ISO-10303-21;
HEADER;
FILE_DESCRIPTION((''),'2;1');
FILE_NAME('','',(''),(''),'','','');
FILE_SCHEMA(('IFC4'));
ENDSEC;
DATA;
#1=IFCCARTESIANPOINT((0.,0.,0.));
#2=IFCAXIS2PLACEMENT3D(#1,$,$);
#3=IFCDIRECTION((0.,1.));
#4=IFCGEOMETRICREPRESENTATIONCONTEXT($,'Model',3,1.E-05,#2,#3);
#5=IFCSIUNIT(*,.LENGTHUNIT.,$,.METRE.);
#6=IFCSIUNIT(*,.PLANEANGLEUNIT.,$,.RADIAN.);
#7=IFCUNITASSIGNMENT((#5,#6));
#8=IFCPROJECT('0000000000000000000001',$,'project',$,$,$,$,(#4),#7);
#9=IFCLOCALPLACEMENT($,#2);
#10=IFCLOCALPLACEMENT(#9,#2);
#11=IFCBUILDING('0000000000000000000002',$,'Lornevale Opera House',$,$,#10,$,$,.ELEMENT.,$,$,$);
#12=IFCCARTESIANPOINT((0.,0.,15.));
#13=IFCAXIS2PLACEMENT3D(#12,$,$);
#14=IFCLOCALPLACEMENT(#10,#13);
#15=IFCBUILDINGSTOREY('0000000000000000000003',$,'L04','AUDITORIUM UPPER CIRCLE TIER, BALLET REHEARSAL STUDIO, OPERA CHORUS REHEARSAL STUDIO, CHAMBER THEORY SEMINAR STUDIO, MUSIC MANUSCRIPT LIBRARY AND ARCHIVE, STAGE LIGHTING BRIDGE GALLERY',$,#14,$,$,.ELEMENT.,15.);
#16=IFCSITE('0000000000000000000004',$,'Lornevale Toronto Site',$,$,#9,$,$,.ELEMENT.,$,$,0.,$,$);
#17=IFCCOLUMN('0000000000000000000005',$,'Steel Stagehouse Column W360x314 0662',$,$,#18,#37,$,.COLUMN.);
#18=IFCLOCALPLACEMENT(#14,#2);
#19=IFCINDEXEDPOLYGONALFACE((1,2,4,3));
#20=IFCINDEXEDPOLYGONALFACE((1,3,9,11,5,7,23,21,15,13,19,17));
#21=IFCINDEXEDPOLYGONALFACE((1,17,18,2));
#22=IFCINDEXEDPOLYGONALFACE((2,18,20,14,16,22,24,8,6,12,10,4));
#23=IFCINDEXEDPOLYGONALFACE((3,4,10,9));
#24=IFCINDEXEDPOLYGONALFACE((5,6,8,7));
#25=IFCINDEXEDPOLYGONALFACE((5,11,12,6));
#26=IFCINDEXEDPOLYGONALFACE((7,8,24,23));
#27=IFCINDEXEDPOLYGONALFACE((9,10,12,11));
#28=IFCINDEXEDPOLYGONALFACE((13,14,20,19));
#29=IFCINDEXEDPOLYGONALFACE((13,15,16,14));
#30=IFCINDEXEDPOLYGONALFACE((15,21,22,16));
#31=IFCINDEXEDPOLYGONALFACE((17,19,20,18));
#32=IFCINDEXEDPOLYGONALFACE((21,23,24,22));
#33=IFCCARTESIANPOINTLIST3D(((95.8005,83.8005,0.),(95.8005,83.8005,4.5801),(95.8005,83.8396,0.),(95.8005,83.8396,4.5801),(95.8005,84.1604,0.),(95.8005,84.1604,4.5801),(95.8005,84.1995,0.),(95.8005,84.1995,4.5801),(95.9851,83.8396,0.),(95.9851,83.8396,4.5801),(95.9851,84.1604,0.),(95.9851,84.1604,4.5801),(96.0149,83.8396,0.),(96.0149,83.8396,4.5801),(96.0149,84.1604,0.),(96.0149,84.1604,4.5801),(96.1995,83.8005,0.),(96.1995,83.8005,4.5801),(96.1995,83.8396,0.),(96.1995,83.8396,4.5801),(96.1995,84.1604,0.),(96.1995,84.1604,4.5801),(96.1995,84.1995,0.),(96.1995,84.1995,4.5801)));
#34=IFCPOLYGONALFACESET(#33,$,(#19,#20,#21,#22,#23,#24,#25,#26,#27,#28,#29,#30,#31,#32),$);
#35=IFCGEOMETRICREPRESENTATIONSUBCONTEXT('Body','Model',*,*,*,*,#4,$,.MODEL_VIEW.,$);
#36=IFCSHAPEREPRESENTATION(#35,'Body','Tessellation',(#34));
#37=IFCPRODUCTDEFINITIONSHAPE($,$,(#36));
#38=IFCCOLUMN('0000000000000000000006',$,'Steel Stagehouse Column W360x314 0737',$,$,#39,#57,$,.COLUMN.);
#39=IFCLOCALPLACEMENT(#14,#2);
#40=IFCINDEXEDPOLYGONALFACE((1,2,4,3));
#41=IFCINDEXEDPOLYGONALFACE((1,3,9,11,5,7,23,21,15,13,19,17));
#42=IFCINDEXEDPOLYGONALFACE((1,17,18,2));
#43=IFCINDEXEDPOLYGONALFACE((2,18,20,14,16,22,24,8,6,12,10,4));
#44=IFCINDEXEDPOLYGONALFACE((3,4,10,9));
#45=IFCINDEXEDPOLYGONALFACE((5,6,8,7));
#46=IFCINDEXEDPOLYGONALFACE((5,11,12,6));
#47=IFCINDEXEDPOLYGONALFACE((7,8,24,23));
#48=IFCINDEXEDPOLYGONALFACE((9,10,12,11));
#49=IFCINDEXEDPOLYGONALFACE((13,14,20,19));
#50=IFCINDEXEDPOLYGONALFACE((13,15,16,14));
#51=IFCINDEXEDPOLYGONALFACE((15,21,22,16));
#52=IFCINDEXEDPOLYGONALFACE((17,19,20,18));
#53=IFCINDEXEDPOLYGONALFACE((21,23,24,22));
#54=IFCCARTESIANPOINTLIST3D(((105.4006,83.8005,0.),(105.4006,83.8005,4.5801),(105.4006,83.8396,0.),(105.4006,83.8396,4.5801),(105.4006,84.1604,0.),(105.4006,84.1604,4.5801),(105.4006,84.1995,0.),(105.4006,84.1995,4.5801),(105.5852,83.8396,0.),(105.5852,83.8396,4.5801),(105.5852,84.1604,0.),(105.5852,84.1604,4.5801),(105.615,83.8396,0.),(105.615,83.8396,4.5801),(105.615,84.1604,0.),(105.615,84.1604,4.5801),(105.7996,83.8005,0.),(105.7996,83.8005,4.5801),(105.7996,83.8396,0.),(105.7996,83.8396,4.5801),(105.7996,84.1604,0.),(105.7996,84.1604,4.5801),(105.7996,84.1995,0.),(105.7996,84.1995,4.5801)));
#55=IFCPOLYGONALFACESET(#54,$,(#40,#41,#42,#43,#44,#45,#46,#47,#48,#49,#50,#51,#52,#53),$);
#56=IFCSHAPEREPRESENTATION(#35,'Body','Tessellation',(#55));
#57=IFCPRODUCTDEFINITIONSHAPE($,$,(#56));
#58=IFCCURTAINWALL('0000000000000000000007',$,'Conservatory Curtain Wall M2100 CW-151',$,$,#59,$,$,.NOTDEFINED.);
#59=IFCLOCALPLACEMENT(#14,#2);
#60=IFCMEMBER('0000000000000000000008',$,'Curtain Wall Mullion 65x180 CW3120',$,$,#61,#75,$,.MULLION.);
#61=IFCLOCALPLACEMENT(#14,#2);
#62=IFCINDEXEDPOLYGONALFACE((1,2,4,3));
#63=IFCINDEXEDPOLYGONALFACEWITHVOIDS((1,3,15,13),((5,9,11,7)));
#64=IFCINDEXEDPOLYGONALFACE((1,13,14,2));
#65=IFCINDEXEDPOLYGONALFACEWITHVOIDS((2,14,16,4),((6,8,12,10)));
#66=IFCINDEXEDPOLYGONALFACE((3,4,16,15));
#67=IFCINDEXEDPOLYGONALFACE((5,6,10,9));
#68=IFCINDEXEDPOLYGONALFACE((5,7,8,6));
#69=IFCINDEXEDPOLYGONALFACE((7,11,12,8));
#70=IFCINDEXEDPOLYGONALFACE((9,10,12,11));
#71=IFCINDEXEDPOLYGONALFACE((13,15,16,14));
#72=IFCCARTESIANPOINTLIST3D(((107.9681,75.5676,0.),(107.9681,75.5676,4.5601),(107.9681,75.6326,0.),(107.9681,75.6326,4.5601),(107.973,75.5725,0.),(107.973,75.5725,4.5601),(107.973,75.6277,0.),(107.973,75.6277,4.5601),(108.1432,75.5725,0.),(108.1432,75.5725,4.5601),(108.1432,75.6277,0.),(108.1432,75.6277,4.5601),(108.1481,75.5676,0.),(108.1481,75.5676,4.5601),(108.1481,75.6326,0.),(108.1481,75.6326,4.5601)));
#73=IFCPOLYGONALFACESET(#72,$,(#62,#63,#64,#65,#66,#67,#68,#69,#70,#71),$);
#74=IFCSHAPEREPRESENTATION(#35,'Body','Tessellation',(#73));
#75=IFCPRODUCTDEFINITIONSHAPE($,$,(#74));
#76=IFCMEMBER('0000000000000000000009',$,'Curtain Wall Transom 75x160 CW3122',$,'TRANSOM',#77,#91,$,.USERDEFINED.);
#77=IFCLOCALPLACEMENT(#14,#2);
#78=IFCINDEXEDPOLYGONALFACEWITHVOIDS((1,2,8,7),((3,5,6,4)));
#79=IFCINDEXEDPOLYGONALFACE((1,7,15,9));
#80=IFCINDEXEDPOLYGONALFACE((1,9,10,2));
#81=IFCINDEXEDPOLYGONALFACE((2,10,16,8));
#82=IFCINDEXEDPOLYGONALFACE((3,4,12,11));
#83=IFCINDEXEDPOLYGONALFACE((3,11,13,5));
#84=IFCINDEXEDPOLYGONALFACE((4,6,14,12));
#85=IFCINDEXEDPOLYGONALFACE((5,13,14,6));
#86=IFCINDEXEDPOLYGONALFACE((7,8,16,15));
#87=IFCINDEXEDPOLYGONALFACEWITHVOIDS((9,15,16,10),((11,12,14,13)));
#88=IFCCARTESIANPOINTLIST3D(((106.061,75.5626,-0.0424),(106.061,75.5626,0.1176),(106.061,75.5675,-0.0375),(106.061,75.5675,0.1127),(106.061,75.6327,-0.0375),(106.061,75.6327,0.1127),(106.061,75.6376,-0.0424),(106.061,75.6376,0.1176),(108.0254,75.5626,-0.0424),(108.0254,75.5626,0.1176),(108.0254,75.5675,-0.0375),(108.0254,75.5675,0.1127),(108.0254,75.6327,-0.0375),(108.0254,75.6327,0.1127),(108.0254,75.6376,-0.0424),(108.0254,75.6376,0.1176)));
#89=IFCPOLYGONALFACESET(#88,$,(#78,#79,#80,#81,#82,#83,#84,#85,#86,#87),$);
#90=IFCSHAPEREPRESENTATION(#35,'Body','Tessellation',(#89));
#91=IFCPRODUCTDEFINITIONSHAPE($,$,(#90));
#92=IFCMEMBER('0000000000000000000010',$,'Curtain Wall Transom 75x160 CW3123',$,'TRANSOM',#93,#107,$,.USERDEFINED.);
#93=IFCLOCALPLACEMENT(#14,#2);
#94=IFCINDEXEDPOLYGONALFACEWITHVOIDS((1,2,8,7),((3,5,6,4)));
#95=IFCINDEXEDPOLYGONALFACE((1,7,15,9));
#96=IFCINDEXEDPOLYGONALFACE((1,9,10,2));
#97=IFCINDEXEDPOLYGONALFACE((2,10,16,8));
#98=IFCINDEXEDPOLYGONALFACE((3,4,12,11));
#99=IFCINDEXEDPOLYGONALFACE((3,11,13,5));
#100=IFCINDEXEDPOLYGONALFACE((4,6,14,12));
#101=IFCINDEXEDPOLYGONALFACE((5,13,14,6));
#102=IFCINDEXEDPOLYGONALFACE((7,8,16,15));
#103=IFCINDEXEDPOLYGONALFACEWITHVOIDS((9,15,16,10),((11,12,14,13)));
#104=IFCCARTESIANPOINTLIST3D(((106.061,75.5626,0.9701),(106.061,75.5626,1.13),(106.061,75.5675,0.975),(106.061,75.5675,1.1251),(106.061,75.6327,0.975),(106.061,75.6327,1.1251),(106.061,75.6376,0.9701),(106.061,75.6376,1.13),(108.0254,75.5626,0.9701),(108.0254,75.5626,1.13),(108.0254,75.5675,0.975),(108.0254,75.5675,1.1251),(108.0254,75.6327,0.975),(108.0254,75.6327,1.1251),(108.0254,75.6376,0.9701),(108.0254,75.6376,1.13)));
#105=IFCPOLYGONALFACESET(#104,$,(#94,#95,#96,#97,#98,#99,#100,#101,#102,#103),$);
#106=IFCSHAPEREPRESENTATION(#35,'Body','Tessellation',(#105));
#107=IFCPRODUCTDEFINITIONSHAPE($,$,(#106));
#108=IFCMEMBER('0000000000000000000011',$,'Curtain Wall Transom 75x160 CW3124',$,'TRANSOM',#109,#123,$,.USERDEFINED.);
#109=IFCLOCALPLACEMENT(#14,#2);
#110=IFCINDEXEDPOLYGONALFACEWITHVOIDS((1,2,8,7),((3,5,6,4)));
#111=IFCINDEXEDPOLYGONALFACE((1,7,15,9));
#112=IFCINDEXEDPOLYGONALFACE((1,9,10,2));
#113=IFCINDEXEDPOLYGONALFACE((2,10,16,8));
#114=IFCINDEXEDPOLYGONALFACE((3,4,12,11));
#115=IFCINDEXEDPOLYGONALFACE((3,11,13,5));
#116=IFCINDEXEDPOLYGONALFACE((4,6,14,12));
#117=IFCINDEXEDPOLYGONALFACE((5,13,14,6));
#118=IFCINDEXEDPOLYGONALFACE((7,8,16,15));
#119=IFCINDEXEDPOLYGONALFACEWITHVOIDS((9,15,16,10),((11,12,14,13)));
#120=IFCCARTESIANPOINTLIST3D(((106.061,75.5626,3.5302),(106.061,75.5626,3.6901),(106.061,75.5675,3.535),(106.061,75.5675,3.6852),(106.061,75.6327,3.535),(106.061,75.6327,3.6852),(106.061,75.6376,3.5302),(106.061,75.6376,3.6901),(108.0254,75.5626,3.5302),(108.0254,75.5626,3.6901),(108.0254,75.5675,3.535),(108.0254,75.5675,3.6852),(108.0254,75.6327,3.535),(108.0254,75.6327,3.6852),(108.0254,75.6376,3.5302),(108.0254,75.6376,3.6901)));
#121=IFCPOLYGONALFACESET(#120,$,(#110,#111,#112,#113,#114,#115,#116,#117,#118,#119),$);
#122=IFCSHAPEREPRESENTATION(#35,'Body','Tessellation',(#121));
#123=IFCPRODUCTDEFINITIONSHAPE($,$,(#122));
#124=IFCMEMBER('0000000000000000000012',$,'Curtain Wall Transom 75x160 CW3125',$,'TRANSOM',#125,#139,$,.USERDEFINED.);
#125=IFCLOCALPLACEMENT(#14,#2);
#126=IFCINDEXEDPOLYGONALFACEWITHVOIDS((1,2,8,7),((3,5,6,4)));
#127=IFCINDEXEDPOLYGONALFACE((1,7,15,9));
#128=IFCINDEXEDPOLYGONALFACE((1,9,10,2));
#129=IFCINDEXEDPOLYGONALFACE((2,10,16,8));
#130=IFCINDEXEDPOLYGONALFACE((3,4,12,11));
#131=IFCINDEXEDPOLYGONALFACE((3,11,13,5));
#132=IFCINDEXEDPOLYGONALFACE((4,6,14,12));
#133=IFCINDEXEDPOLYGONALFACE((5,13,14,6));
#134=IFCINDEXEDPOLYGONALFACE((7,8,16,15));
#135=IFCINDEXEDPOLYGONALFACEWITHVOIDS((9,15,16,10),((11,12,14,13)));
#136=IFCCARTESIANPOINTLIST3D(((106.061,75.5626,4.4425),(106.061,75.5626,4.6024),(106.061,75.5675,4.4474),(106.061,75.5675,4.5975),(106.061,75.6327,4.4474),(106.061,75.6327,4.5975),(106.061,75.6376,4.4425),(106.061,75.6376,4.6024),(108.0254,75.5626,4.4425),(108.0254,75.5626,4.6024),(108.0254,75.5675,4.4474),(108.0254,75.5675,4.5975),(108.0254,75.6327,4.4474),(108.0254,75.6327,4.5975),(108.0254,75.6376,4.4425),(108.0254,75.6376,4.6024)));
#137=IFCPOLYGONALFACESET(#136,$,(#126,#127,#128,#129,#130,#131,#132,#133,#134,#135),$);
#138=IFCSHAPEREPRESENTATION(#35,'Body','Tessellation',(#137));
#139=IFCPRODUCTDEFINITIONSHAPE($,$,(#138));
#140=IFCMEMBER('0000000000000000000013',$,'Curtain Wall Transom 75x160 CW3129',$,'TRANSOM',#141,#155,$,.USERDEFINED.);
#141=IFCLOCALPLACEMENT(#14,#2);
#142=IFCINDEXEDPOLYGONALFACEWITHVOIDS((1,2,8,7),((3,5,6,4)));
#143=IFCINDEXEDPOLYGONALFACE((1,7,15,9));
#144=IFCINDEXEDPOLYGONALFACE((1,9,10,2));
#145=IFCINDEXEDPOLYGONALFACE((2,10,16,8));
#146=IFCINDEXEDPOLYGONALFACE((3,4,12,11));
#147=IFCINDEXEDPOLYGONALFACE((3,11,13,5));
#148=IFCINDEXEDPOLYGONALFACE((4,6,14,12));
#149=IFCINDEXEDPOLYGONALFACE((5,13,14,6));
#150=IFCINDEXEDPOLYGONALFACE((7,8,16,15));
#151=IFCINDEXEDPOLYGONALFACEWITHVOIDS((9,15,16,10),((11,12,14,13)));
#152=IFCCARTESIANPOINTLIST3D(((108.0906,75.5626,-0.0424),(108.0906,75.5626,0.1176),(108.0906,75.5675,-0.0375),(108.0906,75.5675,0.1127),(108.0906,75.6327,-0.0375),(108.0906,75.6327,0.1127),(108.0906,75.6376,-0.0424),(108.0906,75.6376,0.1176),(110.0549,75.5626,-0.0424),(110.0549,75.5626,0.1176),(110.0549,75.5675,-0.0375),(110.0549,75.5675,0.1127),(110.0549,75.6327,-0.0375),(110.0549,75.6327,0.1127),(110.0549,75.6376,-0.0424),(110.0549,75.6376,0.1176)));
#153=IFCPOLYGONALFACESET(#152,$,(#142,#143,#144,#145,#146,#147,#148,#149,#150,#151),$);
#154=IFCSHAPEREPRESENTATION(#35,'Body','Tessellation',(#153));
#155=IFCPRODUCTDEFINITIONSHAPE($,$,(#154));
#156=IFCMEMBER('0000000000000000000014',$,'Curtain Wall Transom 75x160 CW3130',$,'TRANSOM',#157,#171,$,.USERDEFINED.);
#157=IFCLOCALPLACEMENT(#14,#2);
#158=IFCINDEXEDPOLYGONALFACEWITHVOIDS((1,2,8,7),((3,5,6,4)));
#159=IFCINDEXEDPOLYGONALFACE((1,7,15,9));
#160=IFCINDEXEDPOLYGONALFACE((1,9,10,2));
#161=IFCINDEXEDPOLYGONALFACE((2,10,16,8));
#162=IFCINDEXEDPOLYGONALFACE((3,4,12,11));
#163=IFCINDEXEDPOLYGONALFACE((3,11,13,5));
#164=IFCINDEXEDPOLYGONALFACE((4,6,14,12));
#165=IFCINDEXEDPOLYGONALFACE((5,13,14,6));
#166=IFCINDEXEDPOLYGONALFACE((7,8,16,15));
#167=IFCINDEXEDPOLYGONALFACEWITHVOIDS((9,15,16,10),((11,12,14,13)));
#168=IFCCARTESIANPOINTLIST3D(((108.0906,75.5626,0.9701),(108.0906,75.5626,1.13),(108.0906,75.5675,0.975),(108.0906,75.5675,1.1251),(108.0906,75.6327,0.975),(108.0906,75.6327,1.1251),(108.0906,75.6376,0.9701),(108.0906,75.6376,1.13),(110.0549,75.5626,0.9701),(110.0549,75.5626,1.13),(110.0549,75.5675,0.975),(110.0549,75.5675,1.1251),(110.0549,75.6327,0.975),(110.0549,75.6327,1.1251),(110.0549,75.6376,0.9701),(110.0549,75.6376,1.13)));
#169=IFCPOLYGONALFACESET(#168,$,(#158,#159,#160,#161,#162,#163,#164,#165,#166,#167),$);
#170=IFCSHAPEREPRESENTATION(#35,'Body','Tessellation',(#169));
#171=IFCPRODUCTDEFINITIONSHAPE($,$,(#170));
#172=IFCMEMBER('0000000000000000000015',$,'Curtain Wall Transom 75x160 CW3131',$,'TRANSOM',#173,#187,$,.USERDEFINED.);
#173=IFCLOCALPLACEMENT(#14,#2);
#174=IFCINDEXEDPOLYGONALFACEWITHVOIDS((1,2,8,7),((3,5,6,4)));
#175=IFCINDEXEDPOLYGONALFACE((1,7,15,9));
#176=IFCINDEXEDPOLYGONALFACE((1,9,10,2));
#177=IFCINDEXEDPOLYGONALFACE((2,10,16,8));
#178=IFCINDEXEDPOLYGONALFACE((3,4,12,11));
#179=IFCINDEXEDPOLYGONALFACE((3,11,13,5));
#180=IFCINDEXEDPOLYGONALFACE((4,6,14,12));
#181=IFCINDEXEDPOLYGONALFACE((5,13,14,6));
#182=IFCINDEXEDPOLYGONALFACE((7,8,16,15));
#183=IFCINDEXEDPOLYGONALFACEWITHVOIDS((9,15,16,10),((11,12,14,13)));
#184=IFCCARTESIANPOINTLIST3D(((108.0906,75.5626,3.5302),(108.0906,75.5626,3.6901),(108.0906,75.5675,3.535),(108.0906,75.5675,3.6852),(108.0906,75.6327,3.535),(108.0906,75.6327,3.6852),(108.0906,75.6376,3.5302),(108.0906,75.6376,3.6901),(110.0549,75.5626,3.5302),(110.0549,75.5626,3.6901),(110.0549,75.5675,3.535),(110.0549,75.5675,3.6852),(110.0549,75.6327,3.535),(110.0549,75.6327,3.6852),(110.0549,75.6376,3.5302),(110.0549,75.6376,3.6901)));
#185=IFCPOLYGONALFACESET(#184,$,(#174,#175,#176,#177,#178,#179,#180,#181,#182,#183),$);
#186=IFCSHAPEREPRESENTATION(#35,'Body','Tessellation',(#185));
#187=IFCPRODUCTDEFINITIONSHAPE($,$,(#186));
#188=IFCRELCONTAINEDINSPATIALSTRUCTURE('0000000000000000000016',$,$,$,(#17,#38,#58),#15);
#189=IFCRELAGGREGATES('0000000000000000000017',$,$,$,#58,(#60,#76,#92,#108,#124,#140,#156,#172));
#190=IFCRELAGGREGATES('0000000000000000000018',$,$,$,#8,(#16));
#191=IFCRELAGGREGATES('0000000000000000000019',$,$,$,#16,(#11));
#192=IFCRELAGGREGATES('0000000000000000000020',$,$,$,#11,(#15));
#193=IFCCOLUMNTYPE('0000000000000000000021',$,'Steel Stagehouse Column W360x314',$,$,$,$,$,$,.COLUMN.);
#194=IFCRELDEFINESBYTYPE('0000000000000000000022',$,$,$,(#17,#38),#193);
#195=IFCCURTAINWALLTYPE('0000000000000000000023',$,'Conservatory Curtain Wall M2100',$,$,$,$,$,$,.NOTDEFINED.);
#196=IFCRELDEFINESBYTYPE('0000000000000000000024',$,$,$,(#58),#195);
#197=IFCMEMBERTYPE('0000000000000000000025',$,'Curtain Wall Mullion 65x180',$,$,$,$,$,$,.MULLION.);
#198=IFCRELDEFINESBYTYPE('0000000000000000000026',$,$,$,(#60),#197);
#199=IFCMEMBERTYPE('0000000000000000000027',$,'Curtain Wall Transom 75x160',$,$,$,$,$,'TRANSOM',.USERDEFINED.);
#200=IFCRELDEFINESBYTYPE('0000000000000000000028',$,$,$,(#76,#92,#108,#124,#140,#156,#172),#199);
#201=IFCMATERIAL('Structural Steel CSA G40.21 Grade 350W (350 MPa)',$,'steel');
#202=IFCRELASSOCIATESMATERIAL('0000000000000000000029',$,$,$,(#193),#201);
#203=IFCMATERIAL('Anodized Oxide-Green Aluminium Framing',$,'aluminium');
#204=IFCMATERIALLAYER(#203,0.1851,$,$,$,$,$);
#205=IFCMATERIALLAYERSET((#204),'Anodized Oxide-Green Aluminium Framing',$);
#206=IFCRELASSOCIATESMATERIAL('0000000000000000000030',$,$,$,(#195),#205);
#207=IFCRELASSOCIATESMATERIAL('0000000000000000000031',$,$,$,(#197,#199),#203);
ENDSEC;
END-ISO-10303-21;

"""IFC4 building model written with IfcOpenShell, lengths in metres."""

from ifc_helpers import new_model, si_unit, direction, frame, origin, origin_2d, place, context, subcontext, project, spatial, hollow_rectangle, i_section, extrude, material, layer, layer_set, material_profile, profile_set, type_object, element, aggregate, save


model = new_model("IFC4")

# Units and contexts
model_context = context("Model", 3, precision=1e-05, world=origin(), true_north=direction((0.0, 1.0)))
body_context = subcontext(model_context, "Body", "Model", "MODEL_VIEW")
ifc_project = project(units=[si_unit("LENGTHUNIT", "METRE"), si_unit("PLANEANGLEUNIT", "RADIAN")], contexts=[model_context])

# Site, building, storey
site_placement = place(None, origin())
site = spatial("IfcSite", under=ifc_project, at=site_placement, Name="Lornevale Toronto Site", CompositionType="ELEMENT", RefElevation=0.0)
building_placement = place(site_placement, origin())
building = spatial("IfcBuilding", under=site, at=building_placement, Name="Lornevale Opera House", CompositionType="ELEMENT")
storey_placement = place(building_placement, frame((0.0, 0.0, 15.0)))
storey = spatial("IfcBuildingStorey", under=building, at=storey_placement, Name="L04", Description="AUDITORIUM UPPER CIRCLE TIER, BALLET REHEARSAL STUDIO, OPERA CHORUS REHEARSAL STUDIO, CHAMBER THEORY SEMINAR STUDIO, MUSIC MANUSCRIPT LIBRARY AND ARCHIVE, STAGE LIGHTING BRIDGE GALLERY", CompositionType="ELEMENT", Elevation=15.0)

# Columns
ifc_material_1 = material(Name="Structural Steel CSA G40.21 Grade 350W (350 MPa)", Category="steel")
ifc_material_profile_1 = material_profile(ifc_material_1, i_section(OverallWidth=0.3989, OverallDepth=0.3989, WebThickness=0.0298, FlangeThickness=0.0391, at=origin_2d()), Name="W360x314")
ifc_profile_set_1 = profile_set([ifc_material_profile_1], Name="Structural Steel CSA G40.21 Grade 350W (350 MPa)")
column_type = type_object("IfcColumnType", Name="Steel Stagehouse Column W360x314", PredefinedType="COLUMN", material=ifc_profile_set_1)
for number, where, z_axis, x_axis, name in (
    (1, (96.0, 84.0, 0.0), (0.0, 0.0, 1.0), (1.0, 0.0, 0.0), "Steel Stagehouse Column W360x314 0662"),
    (2, (105.6001, 84.0, 0.0), (0.0, 0.0, 1.0), (1.0, 0.0, 0.0), "Steel Stagehouse Column W360x314 0737"),
):
    element("IfcColumn", number, at=place(storey_placement, frame(where, z_axis=z_axis, x_axis=x_axis)), inside=storey, type_object=column_type, Name=name, PredefinedType="COLUMN", context=body_context, shape_type="SweptSolid", body=[
        extrude(i_section(OverallWidth=0.3989, OverallDepth=0.3989, WebThickness=0.0298, FlangeThickness=0.0391, at=origin_2d()), origin(), (0.0, 0.0, 1.0), 4.5801),
    ])

# Curtain wall, members
ifc_material_2 = material(Name="Anodized Oxide-Green Aluminium Framing", Category="aluminium")
ifc_layer_1 = layer(ifc_material_2, 0.1851)
ifc_layer_set_1 = layer_set([ifc_layer_1], Name="Anodized Oxide-Green Aluminium Framing")
curtain_wall_type = type_object("IfcCurtainWallType", Name="Conservatory Curtain Wall M2100", PredefinedType="NOTDEFINED", material=ifc_layer_set_1)
curtain_wall_placement = place(storey_placement, origin())
curtain_wall = element("IfcCurtainWall", 3, at=curtain_wall_placement, inside=storey, type_object=curtain_wall_type, Name="Conservatory Curtain Wall M2100 CW-151", PredefinedType="NOTDEFINED")
ifc_material_profile_2 = material_profile(ifc_material_2, hollow_rectangle(XDim=0.0649, YDim=0.1799, WallThickness=0.0049, at=origin_2d()), Name="ALU65x180x5")
ifc_profile_set_2 = profile_set([ifc_material_profile_2], Name="Anodized Oxide-Green Aluminium Framing")
member_type_1 = type_object("IfcMemberType", Name="Curtain Wall Mullion 65x180", PredefinedType="MULLION", material=ifc_profile_set_2)
member_1_placement = place(storey_placement, frame((108.0581, 75.6001, 0.0), z_axis=(0.0, 0.0, 1.0), x_axis=(0.0, 1.0, 0.0)))
member_1 = element("IfcMember", 4, at=member_1_placement, type_object=member_type_1, Name="Curtain Wall Mullion 65x180 CW3120", PredefinedType="MULLION", context=body_context, shape_type="SweptSolid", body=[
    extrude(hollow_rectangle(XDim=0.0649, YDim=0.1799, WallThickness=0.0049, at=origin_2d()), origin(), (0.0, 0.0, 1.0), 4.5601),
])
ifc_material_profile_3 = material_profile(ifc_material_2, hollow_rectangle(XDim=0.075, YDim=0.1599, WallThickness=0.0049, at=origin_2d()), Name="ALU75x160x5")
ifc_profile_set_3 = profile_set([ifc_material_profile_3], Name="Anodized Oxide-Green Aluminium Framing")
member_type_2 = type_object("IfcMemberType", Name="Curtain Wall Transom 75x160", ElementType="TRANSOM", PredefinedType="USERDEFINED", material=ifc_profile_set_3)
member_2_placement = place(storey_placement, frame((106.061, 75.6001, 0.0376), z_axis=(1.0, 0.0, 0.0), x_axis=(0.0, 1.0, 0.0)))
member_2 = element("IfcMember", 5, at=member_2_placement, type_object=member_type_2, Name="Curtain Wall Transom 75x160 CW3122", ObjectType="TRANSOM", PredefinedType="USERDEFINED", context=body_context, shape_type="SweptSolid", body=[
    extrude(hollow_rectangle(XDim=0.075, YDim=0.1599, WallThickness=0.0049, at=origin_2d()), origin(), (0.0, 0.0, 1.0), 1.9644),
])
member_3_placement = place(storey_placement, frame((106.061, 75.6001, 1.05), z_axis=(1.0, 0.0, 0.0), x_axis=(0.0, 1.0, 0.0)))
member_3 = element("IfcMember", 6, at=member_3_placement, type_object=member_type_2, Name="Curtain Wall Transom 75x160 CW3123", ObjectType="TRANSOM", PredefinedType="USERDEFINED", context=body_context, shape_type="SweptSolid", body=[
    extrude(hollow_rectangle(XDim=0.075, YDim=0.1599, WallThickness=0.0049, at=origin_2d()), origin(), (0.0, 0.0, 1.0), 1.9644),
])
member_4_placement = place(storey_placement, frame((106.061, 75.6001, 3.6101), z_axis=(1.0, 0.0, 0.0), x_axis=(0.0, 1.0, 0.0)))
member_4 = element("IfcMember", 7, at=member_4_placement, type_object=member_type_2, Name="Curtain Wall Transom 75x160 CW3124", ObjectType="TRANSOM", PredefinedType="USERDEFINED", context=body_context, shape_type="SweptSolid", body=[
    extrude(hollow_rectangle(XDim=0.075, YDim=0.1599, WallThickness=0.0049, at=origin_2d()), origin(), (0.0, 0.0, 1.0), 1.9644),
])
member_5_placement = place(storey_placement, frame((106.061, 75.6001, 4.5225), z_axis=(1.0, 0.0, 0.0), x_axis=(0.0, 1.0, 0.0)))
member_5 = element("IfcMember", 8, at=member_5_placement, type_object=member_type_2, Name="Curtain Wall Transom 75x160 CW3125", ObjectType="TRANSOM", PredefinedType="USERDEFINED", context=body_context, shape_type="SweptSolid", body=[
    extrude(hollow_rectangle(XDim=0.075, YDim=0.1599, WallThickness=0.0049, at=origin_2d()), origin(), (0.0, 0.0, 1.0), 1.9644),
])
member_6_placement = place(storey_placement, frame((108.0906, 75.6001, 0.0376), z_axis=(1.0, 0.0, 0.0), x_axis=(0.0, 1.0, 0.0)))
member_6 = element("IfcMember", 9, at=member_6_placement, type_object=member_type_2, Name="Curtain Wall Transom 75x160 CW3129", ObjectType="TRANSOM", PredefinedType="USERDEFINED", context=body_context, shape_type="SweptSolid", body=[
    extrude(hollow_rectangle(XDim=0.075, YDim=0.1599, WallThickness=0.0049, at=origin_2d()), origin(), (0.0, 0.0, 1.0), 1.9644),
])
member_7_placement = place(storey_placement, frame((108.0906, 75.6001, 1.05), z_axis=(1.0, 0.0, 0.0), x_axis=(0.0, 1.0, 0.0)))
member_7 = element("IfcMember", 10, at=member_7_placement, type_object=member_type_2, Name="Curtain Wall Transom 75x160 CW3130", ObjectType="TRANSOM", PredefinedType="USERDEFINED", context=body_context, shape_type="SweptSolid", body=[
    extrude(hollow_rectangle(XDim=0.075, YDim=0.1599, WallThickness=0.0049, at=origin_2d()), origin(), (0.0, 0.0, 1.0), 1.9644),
])
member_8_placement = place(storey_placement, frame((108.0906, 75.6001, 3.6101), z_axis=(1.0, 0.0, 0.0), x_axis=(0.0, 1.0, 0.0)))
member_8 = element("IfcMember", 11, at=member_8_placement, type_object=member_type_2, Name="Curtain Wall Transom 75x160 CW3131", ObjectType="TRANSOM", PredefinedType="USERDEFINED", context=body_context, shape_type="SweptSolid", body=[
    extrude(hollow_rectangle(XDim=0.075, YDim=0.1599, WallThickness=0.0049, at=origin_2d()), origin(), (0.0, 0.0, 1.0), 1.9644),
])

aggregate(curtain_wall, [member_1, member_2, member_3, member_4, member_5, member_6, member_7, member_8])

save(model, "model.ifc")
